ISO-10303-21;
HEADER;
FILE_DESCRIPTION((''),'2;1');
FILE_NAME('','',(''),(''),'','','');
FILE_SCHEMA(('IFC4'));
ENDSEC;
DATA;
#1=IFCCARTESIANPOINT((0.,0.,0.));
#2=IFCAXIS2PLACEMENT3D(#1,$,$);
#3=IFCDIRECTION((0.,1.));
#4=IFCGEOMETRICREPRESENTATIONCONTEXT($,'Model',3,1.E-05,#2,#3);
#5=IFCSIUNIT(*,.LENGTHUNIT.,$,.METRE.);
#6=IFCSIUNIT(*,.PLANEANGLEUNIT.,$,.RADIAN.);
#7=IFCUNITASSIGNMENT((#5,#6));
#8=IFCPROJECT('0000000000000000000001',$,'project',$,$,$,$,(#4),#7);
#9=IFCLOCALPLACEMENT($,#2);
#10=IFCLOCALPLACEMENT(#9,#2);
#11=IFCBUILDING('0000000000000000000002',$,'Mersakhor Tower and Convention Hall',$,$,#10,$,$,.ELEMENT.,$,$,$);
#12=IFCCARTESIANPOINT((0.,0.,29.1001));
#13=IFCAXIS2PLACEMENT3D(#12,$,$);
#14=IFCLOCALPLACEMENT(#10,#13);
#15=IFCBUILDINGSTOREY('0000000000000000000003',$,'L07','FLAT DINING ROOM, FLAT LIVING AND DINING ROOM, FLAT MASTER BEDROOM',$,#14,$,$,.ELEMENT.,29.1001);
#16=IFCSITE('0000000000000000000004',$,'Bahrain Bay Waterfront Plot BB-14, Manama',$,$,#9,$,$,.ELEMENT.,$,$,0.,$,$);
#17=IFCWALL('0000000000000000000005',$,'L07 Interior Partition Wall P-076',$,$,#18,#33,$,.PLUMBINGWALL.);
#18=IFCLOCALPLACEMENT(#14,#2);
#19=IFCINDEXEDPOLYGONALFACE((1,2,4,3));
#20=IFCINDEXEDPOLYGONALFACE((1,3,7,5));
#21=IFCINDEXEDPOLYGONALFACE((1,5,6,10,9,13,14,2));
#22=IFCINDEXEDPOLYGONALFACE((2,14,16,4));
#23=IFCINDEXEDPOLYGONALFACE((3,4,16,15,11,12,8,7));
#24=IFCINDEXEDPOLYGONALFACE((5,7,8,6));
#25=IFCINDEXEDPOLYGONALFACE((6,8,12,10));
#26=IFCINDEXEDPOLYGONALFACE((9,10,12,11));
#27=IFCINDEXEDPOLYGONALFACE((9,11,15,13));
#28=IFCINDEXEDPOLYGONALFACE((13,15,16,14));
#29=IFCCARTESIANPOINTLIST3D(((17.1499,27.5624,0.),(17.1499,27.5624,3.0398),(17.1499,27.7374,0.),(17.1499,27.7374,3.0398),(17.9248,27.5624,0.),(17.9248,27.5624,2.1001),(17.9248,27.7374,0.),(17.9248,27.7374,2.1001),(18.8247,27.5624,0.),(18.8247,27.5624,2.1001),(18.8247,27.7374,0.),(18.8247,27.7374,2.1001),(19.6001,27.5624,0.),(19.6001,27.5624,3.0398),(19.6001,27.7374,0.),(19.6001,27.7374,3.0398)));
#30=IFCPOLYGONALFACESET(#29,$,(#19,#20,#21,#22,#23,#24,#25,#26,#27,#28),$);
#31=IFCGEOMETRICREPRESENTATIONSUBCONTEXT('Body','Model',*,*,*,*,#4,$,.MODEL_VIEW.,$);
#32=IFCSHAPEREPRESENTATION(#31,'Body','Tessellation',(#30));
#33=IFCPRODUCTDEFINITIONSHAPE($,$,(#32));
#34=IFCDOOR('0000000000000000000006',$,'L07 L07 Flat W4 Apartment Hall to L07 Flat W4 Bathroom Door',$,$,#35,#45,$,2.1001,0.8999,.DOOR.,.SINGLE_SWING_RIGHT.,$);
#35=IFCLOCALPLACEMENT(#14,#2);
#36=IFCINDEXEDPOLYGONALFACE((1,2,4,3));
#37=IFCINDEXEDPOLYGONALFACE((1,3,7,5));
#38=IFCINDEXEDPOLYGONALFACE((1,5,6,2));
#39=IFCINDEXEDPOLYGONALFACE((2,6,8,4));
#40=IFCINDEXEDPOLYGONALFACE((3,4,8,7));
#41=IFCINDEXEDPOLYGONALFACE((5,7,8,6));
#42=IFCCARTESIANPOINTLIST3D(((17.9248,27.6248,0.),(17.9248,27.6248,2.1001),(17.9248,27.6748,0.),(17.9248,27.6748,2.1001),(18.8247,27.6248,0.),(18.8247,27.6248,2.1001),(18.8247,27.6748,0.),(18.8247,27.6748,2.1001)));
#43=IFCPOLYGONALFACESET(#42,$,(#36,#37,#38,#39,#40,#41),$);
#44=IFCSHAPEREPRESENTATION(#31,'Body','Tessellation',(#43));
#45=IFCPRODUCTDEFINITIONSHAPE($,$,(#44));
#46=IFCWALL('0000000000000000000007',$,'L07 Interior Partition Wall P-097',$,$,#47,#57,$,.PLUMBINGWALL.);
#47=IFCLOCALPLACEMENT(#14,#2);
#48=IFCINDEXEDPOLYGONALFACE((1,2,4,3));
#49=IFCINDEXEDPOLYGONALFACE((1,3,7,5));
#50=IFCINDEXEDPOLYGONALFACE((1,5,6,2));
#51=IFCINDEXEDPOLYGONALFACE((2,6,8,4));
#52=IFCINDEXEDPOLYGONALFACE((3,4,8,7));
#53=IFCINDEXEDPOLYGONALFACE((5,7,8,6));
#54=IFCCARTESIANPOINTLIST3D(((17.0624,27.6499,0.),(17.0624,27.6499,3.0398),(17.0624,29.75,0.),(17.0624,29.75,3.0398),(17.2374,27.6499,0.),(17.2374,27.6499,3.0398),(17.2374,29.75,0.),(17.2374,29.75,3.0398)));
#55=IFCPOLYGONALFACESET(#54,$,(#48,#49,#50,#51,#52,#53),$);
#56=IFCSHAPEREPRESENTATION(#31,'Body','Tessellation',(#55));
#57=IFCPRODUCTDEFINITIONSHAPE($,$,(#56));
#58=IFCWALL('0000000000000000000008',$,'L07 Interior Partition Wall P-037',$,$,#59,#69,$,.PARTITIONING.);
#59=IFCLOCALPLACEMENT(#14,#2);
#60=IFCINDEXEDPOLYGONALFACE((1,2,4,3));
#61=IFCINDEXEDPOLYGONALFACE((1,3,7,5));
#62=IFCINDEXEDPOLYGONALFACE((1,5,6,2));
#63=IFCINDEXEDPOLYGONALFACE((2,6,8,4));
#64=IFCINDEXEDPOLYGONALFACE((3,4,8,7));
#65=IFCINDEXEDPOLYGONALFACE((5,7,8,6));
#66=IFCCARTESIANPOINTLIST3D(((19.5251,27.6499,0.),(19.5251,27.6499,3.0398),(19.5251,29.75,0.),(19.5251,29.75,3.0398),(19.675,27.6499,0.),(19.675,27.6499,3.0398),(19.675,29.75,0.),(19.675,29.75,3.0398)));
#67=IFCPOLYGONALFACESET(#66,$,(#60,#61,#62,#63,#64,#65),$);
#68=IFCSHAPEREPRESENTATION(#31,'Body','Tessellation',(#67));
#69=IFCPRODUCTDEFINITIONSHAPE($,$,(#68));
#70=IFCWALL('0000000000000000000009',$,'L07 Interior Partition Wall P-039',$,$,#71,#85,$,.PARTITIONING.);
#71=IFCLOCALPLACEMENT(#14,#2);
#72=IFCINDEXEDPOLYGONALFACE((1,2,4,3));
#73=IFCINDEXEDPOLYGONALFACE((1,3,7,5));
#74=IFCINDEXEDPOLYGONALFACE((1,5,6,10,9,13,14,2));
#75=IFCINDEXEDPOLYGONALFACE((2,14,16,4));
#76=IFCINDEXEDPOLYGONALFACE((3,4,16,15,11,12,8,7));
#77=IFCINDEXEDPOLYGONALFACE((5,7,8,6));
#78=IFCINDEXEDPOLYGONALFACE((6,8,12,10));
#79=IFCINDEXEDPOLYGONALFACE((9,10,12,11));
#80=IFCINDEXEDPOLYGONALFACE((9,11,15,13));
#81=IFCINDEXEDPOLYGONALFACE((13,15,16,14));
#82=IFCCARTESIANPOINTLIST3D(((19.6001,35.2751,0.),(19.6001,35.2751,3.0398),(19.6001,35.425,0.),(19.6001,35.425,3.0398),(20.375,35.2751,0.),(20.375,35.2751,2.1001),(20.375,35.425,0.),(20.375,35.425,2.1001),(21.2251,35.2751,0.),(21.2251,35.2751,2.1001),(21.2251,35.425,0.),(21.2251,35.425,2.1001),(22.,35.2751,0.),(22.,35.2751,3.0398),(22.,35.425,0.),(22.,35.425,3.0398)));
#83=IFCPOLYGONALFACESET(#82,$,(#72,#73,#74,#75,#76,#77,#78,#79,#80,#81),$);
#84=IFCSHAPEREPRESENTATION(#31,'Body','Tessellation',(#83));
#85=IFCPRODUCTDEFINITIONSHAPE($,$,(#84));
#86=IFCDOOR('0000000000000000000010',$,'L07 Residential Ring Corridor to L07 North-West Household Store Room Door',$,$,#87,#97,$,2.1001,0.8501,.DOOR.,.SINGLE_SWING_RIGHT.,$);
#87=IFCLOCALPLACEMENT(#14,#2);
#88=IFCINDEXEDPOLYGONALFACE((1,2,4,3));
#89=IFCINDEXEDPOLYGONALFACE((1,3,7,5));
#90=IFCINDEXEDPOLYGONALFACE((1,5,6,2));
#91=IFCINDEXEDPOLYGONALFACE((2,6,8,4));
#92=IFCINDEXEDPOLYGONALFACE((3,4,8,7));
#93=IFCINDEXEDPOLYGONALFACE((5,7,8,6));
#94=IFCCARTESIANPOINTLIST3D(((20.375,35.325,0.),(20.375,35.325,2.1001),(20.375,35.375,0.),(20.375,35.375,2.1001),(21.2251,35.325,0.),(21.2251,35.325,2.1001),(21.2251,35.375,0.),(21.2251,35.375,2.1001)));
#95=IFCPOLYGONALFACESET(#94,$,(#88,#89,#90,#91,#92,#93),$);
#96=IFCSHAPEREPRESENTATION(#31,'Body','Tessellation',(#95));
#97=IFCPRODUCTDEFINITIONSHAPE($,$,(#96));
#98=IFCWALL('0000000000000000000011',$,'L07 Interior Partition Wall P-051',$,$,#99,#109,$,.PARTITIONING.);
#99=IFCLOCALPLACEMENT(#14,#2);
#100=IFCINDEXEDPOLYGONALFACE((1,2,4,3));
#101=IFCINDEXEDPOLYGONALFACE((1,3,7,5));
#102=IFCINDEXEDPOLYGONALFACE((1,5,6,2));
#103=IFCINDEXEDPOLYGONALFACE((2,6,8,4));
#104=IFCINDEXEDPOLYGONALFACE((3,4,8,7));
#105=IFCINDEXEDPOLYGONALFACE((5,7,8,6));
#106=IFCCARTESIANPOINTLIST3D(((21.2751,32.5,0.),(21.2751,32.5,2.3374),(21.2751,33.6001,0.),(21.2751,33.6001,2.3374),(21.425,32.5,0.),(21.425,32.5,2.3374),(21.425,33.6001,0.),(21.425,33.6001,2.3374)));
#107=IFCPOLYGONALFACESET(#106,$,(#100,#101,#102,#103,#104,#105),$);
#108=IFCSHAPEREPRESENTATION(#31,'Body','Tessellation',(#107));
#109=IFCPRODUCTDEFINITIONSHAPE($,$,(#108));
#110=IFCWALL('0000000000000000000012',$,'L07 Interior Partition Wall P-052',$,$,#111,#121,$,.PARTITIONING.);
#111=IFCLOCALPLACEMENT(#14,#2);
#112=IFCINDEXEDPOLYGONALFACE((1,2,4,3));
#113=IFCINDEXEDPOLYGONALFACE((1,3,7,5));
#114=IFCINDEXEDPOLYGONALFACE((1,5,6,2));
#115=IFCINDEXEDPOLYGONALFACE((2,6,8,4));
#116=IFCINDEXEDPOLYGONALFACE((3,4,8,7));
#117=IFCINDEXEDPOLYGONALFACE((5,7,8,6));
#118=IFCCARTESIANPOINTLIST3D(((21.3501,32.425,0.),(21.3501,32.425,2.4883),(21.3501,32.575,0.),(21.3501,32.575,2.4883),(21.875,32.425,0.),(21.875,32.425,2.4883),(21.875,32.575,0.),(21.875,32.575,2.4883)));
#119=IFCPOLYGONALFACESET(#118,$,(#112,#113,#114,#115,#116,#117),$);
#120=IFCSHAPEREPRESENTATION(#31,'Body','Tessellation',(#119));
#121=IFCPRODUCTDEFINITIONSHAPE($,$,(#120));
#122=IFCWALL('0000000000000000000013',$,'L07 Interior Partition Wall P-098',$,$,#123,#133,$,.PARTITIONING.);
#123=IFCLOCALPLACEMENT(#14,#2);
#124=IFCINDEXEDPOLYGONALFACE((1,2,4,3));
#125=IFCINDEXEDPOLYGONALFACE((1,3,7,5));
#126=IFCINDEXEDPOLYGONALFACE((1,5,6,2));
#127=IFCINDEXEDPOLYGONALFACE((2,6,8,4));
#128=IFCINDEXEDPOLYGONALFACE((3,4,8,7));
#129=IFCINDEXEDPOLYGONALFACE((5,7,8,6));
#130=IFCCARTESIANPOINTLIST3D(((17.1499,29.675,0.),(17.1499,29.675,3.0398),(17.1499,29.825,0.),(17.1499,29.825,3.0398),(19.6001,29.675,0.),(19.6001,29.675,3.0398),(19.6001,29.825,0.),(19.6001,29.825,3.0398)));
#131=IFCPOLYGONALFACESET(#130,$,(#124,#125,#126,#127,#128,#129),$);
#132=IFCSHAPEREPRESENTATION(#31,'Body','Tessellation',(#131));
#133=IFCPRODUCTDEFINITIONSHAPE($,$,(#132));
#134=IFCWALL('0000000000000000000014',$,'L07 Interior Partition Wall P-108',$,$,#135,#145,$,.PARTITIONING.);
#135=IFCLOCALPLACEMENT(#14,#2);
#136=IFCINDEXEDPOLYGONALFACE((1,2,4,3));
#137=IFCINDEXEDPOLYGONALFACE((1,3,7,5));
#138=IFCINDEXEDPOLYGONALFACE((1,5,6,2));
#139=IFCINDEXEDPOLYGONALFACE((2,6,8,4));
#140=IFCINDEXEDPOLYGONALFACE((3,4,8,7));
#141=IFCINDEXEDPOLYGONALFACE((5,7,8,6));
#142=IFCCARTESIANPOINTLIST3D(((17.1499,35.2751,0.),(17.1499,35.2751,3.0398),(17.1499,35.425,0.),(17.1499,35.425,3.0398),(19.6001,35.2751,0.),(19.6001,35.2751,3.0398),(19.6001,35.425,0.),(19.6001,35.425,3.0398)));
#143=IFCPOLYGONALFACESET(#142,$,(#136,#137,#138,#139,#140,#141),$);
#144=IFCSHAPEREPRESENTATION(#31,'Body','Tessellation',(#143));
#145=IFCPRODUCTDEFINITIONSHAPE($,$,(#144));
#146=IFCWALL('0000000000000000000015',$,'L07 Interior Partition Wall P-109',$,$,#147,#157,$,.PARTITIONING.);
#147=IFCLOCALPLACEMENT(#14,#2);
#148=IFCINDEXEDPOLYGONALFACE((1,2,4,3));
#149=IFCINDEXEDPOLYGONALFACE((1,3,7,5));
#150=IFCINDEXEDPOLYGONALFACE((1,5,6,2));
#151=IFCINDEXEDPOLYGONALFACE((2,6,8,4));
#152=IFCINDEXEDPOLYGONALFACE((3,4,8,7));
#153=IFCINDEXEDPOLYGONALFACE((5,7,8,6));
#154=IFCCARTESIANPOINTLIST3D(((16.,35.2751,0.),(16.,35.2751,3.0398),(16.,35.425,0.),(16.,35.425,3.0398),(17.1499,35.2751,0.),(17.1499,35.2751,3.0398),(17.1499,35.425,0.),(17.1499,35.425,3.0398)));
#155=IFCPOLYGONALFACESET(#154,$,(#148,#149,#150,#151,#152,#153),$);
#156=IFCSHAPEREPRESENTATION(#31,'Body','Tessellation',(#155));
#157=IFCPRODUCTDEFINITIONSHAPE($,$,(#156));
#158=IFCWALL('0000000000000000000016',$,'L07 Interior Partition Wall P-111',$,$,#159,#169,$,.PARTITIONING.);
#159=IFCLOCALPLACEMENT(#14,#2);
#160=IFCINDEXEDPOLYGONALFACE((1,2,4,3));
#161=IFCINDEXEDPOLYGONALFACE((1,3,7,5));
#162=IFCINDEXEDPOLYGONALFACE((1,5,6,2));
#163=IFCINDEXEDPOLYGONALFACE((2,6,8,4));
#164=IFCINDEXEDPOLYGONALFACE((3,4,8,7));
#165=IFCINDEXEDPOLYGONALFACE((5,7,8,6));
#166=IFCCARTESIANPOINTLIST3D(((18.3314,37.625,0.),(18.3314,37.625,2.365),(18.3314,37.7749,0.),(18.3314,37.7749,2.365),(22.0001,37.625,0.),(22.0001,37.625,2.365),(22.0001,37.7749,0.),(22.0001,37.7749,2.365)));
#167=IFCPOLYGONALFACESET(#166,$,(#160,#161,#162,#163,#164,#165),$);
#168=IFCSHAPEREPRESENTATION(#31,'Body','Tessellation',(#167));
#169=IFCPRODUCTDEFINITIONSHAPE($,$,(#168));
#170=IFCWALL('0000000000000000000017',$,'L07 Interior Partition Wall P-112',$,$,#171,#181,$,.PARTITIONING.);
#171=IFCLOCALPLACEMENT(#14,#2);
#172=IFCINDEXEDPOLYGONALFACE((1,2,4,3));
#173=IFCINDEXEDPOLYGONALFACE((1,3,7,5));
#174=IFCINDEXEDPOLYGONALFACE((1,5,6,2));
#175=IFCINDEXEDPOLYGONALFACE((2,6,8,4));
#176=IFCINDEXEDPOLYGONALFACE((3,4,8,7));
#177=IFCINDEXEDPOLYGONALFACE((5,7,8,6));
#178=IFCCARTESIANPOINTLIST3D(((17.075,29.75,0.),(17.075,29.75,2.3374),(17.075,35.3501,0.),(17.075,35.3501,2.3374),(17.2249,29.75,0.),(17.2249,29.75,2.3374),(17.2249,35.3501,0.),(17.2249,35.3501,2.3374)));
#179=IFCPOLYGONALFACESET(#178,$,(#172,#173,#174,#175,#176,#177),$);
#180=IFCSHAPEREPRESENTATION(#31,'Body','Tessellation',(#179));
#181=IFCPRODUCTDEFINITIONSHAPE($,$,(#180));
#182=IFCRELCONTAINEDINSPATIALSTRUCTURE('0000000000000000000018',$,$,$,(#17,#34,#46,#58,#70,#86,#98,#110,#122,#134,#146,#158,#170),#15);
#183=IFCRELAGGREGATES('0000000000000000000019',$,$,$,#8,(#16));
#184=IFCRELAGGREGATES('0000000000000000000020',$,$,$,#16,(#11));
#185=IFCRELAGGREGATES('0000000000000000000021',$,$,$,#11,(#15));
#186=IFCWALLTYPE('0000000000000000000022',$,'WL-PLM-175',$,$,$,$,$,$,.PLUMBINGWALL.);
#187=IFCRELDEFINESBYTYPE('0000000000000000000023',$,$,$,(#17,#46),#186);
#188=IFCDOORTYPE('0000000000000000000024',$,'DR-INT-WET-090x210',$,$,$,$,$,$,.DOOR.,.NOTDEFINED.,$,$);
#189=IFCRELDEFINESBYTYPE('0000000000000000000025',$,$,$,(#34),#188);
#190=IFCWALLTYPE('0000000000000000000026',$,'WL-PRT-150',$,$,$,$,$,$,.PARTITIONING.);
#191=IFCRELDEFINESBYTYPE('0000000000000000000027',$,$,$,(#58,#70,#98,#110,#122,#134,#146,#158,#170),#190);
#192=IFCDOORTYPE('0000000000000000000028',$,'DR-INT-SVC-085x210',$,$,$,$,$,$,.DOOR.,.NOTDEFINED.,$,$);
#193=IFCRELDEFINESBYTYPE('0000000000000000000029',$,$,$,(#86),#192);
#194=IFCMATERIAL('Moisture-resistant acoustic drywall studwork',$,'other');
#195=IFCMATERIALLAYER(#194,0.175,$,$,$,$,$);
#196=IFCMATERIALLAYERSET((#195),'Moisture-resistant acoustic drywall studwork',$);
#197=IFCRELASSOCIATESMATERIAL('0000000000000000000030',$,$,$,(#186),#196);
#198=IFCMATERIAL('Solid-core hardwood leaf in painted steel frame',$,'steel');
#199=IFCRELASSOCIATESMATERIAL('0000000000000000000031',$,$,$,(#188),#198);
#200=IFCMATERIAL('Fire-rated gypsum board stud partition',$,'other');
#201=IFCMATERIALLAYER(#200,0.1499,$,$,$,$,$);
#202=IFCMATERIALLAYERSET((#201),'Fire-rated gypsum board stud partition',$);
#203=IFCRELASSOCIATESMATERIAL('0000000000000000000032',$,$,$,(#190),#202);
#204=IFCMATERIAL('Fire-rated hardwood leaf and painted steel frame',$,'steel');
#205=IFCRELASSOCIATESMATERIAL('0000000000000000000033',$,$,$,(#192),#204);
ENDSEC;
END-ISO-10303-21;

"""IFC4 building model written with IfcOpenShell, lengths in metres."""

from ifc_helpers import new_model, si_unit, direction, frame, frame_2d, origin, place, context, subcontext, project, spatial, rectangle, extrude, material, layer, layer_set, type_object, element, fill, save


model = new_model("IFC4")

# Units and contexts
model_context = context("Model", 3, precision=1e-05, world=origin(), true_north=direction((0.0, 1.0)))
body_context = subcontext(model_context, "Body", "Model", "MODEL_VIEW")
ifc_project = project(units=[si_unit("LENGTHUNIT", "METRE"), si_unit("PLANEANGLEUNIT", "RADIAN")], contexts=[model_context])

# Site, building, storey
site_placement = place(None, origin())
site = spatial("IfcSite", under=ifc_project, at=site_placement, Name="Bahrain Bay Waterfront Plot BB-14, Manama", CompositionType="ELEMENT", RefElevation=0.0)
building_placement = place(site_placement, origin())
building = spatial("IfcBuilding", under=site, at=building_placement, Name="Mersakhor Tower and Convention Hall", CompositionType="ELEMENT")
storey_placement = place(building_placement, frame((0.0, 0.0, 29.1001)))
storey = spatial("IfcBuildingStorey", under=building, at=storey_placement, Name="L07", Description="FLAT DINING ROOM, FLAT LIVING AND DINING ROOM, FLAT MASTER BEDROOM", CompositionType="ELEMENT", Elevation=29.1001)

# Wall, opening, door
ifc_material_1 = material(Name="Moisture-resistant acoustic drywall studwork", Category="other")
ifc_layer_1 = layer(ifc_material_1, 0.175)
ifc_layer_set_1 = layer_set([ifc_layer_1], Name="Moisture-resistant acoustic drywall studwork")
wall_type_1 = type_object("IfcWallType", Name="WL-PLM-175", PredefinedType="PLUMBINGWALL", material=ifc_layer_set_1)
wall_1_placement = place(storey_placement, frame((17.1499, 27.6499, 0.0), z_axis=(0.0, 0.0, 1.0), x_axis=(1.0, 0.0, 0.0)))
wall_1 = element("IfcWall", 1, at=wall_1_placement, inside=storey, type_object=wall_type_1, Name="L07 Interior Partition Wall P-076", PredefinedType="PLUMBINGWALL", context=body_context, shape_type="SweptSolid", body=[
    extrude(rectangle(XDim=2.4502, YDim=0.175, at=frame_2d((1.2251, 0.0))), origin(), (0.0, 0.0, 1.0), 3.0398),
])
opening_1_placement = place(wall_1_placement, frame((0.7749, 0.0, 0.0)))
opening_1 = element("IfcOpeningElement", 2, at=opening_1_placement, cuts=wall_1, PredefinedType="OPENING", context=body_context, shape_type="SweptSolid", body=[
    extrude(rectangle(XDim=0.8999, YDim=2.1001, at=frame_2d((0.45, 1.05))), frame((0.0, 0.0974, 0.0), z_axis=(0.0, -1.0, 0.0), x_axis=(1.0, 0.0, 0.0)), (0.0, 0.0, 1.0), 0.1951),
])
ifc_material_2 = material(Name="Solid-core hardwood leaf in painted steel frame", Category="steel")
door_type_1 = type_object("IfcDoorType", Name="DR-INT-WET-090x210", OperationType="NOTDEFINED", PredefinedType="DOOR", material=ifc_material_2)
door_1_placement = place(opening_1_placement, origin())
door_1 = element("IfcDoor", 3, at=door_1_placement, inside=storey, type_object=door_type_1, Name="L07 L07 Flat W4 Apartment Hall to L07 Flat W4 Bathroom Door", OperationType="SINGLE_SWING_RIGHT", OverallHeight=2.1001, OverallWidth=0.8999, PredefinedType="DOOR", context=body_context, shape_type="SweptSolid", body=[
    extrude(rectangle(XDim=0.8999, YDim=2.1001, at=frame_2d((0.45, 1.05))), frame((0.0, 0.0249, 0.0), z_axis=(0.0, -1.0, 0.0), x_axis=(1.0, 0.0, 0.0)), (0.0, 0.0, 1.0), 0.05),
])
fill(opening_1, door_1)

# Walls
wall_2_placement = place(storey_placement, frame((17.1499, 27.6499, 0.0), z_axis=(0.0, 0.0, 1.0), x_axis=(0.0, 1.0, 0.0)))
element("IfcWall", 4, at=wall_2_placement, inside=storey, type_object=wall_type_1, Name="L07 Interior Partition Wall P-097", PredefinedType="PLUMBINGWALL", context=body_context, shape_type="SweptSolid", body=[
    extrude(rectangle(XDim=2.1001, YDim=0.175, at=frame_2d((1.05, 0.0))), origin(), (0.0, 0.0, 1.0), 3.0398),
])
ifc_material_3 = material(Name="Fire-rated gypsum board stud partition", Category="other")
ifc_layer_2 = layer(ifc_material_3, 0.1499)
ifc_layer_set_2 = layer_set([ifc_layer_2], Name="Fire-rated gypsum board stud partition")
wall_type_2 = type_object("IfcWallType", Name="WL-PRT-150", PredefinedType="PARTITIONING", material=ifc_layer_set_2)
wall_3_placement = place(storey_placement, frame((19.6001, 27.6499, 0.0), z_axis=(0.0, 0.0, 1.0), x_axis=(0.0, 1.0, 0.0)))
element("IfcWall", 5, at=wall_3_placement, inside=storey, type_object=wall_type_2, Name="L07 Interior Partition Wall P-037", PredefinedType="PARTITIONING", context=body_context, shape_type="SweptSolid", body=[
    extrude(rectangle(XDim=2.1001, YDim=0.1499, at=frame_2d((1.05, 0.0))), origin(), (0.0, 0.0, 1.0), 3.0398),
])

# Wall, opening, door
wall_4_placement = place(storey_placement, frame((19.6001, 35.3501, 0.0), z_axis=(0.0, 0.0, 1.0), x_axis=(1.0, 0.0, 0.0)))
wall_4 = element("IfcWall", 6, at=wall_4_placement, inside=storey, type_object=wall_type_2, Name="L07 Interior Partition Wall P-039", PredefinedType="PARTITIONING", context=body_context, shape_type="SweptSolid", body=[
    extrude(rectangle(XDim=2.3999, YDim=0.1499, at=frame_2d((1.2, 0.0))), origin(), (0.0, 0.0, 1.0), 3.0398),
])
opening_2_placement = place(wall_4_placement, frame((0.7749, 0.0, 0.0)))
opening_2 = element("IfcOpeningElement", 7, at=opening_2_placement, cuts=wall_4, PredefinedType="OPENING", context=body_context, shape_type="SweptSolid", body=[
    extrude(rectangle(XDim=0.8501, YDim=2.1001, at=frame_2d((0.425, 1.05))), frame((0.0, 0.085, 0.0), z_axis=(0.0, -1.0, 0.0), x_axis=(1.0, 0.0, 0.0)), (0.0, 0.0, 1.0), 0.1699),
])
ifc_material_4 = material(Name="Fire-rated hardwood leaf and painted steel frame", Category="steel")
door_type_2 = type_object("IfcDoorType", Name="DR-INT-SVC-085x210", OperationType="NOTDEFINED", PredefinedType="DOOR", material=ifc_material_4)
door_2_placement = place(opening_2_placement, origin())
door_2 = element("IfcDoor", 8, at=door_2_placement, inside=storey, type_object=door_type_2, Name="L07 Residential Ring Corridor to L07 North-West Household Store Room Door", OperationType="SINGLE_SWING_RIGHT", OverallHeight=2.1001, OverallWidth=0.8501, PredefinedType="DOOR", context=body_context, shape_type="SweptSolid", body=[
    extrude(rectangle(XDim=0.8501, YDim=2.1001, at=frame_2d((0.425, 1.05))), frame((0.0, 0.0249, 0.0), z_axis=(0.0, -1.0, 0.0), x_axis=(1.0, 0.0, 0.0)), (0.0, 0.0, 1.0), 0.05),
])
fill(opening_2, door_2)

# Walls
wall_5_placement = place(storey_placement, frame((21.3501, 33.6001, 0.0), z_axis=(0.0, 0.0, 1.0), x_axis=(0.0, -1.0, 0.0)))
element("IfcWall", 9, at=wall_5_placement, inside=storey, type_object=wall_type_2, Name="L07 Interior Partition Wall P-051", PredefinedType="PARTITIONING", context=body_context, shape_type="SweptSolid", body=[
    extrude(rectangle(XDim=1.1001, YDim=0.1499, at=frame_2d((0.55, 0.0))), origin(), (0.0, 0.0, 1.0), 2.3374),
])
wall_6_placement = place(storey_placement, frame((21.3501, 32.5, 0.0), z_axis=(0.0, 0.0, 1.0), x_axis=(1.0, 0.0, 0.0)))
element("IfcWall", 10, at=wall_6_placement, inside=storey, type_object=wall_type_2, Name="L07 Interior Partition Wall P-052", PredefinedType="PARTITIONING", context=body_context, shape_type="SweptSolid", body=[
    extrude(rectangle(XDim=0.5249, YDim=0.1499, at=frame_2d((0.2625, 0.0))), origin(), (0.0, 0.0, 1.0), 2.4883),
])
for number, where, z_axis, x_axis, name in (
    (11, (17.1499, 29.75, 0.0), (0.0, 0.0, 1.0), (1.0, 0.0, 0.0), "L07 Interior Partition Wall P-098"),
    (12, (19.6001, 35.3501, 0.0), (0.0, 0.0, 1.0), (-1.0, 0.0, 0.0), "L07 Interior Partition Wall P-108"),
):
    element("IfcWall", number, at=place(storey_placement, frame(where, z_axis=z_axis, x_axis=x_axis)), inside=storey, type_object=wall_type_2, Name=name, PredefinedType="PARTITIONING", context=body_context, shape_type="SweptSolid", body=[
        extrude(rectangle(XDim=2.4502, YDim=0.1499, at=frame_2d((1.2251, 0.0))), origin(), (0.0, 0.0, 1.0), 3.0398),
    ])
wall_7_placement = place(storey_placement, frame((17.1499, 35.3501, 0.0), z_axis=(0.0, 0.0, 1.0), x_axis=(-1.0, 0.0, 0.0)))
element("IfcWall", 13, at=wall_7_placement, inside=storey, type_object=wall_type_2, Name="L07 Interior Partition Wall P-109", PredefinedType="PARTITIONING", context=body_context, shape_type="SweptSolid", body=[
    extrude(rectangle(XDim=1.1499, YDim=0.1499, at=frame_2d((0.575, 0.0))), origin(), (0.0, 0.0, 1.0), 3.0398),
])
wall_8_placement = place(storey_placement, frame((18.3313, 37.7, 0.0), z_axis=(0.0, 0.0, 1.0), x_axis=(1.0, 0.0, 0.0)))
element("IfcWall", 14, at=wall_8_placement, inside=storey, type_object=wall_type_2, Name="L07 Interior Partition Wall P-111", PredefinedType="PARTITIONING", context=body_context, shape_type="SweptSolid", body=[
    extrude(rectangle(XDim=3.6687, YDim=0.1499, at=frame_2d((1.8345, 0.0))), origin(), (0.0, 0.0, 1.0), 2.365),
])
wall_9_placement = place(storey_placement, frame((17.1499, 29.75, 0.0), z_axis=(0.0, 0.0, 1.0), x_axis=(0.0, 1.0, 0.0)))
element("IfcWall", 15, at=wall_9_placement, inside=storey, type_object=wall_type_2, Name="L07 Interior Partition Wall P-112", PredefinedType="PARTITIONING", context=body_context, shape_type="SweptSolid", body=[
    extrude(rectangle(XDim=5.6001, YDim=0.1499, at=frame_2d((2.8, 0.0))), origin(), (0.0, 0.0, 1.0), 2.3374),
])

save(model, "model.ifc")
